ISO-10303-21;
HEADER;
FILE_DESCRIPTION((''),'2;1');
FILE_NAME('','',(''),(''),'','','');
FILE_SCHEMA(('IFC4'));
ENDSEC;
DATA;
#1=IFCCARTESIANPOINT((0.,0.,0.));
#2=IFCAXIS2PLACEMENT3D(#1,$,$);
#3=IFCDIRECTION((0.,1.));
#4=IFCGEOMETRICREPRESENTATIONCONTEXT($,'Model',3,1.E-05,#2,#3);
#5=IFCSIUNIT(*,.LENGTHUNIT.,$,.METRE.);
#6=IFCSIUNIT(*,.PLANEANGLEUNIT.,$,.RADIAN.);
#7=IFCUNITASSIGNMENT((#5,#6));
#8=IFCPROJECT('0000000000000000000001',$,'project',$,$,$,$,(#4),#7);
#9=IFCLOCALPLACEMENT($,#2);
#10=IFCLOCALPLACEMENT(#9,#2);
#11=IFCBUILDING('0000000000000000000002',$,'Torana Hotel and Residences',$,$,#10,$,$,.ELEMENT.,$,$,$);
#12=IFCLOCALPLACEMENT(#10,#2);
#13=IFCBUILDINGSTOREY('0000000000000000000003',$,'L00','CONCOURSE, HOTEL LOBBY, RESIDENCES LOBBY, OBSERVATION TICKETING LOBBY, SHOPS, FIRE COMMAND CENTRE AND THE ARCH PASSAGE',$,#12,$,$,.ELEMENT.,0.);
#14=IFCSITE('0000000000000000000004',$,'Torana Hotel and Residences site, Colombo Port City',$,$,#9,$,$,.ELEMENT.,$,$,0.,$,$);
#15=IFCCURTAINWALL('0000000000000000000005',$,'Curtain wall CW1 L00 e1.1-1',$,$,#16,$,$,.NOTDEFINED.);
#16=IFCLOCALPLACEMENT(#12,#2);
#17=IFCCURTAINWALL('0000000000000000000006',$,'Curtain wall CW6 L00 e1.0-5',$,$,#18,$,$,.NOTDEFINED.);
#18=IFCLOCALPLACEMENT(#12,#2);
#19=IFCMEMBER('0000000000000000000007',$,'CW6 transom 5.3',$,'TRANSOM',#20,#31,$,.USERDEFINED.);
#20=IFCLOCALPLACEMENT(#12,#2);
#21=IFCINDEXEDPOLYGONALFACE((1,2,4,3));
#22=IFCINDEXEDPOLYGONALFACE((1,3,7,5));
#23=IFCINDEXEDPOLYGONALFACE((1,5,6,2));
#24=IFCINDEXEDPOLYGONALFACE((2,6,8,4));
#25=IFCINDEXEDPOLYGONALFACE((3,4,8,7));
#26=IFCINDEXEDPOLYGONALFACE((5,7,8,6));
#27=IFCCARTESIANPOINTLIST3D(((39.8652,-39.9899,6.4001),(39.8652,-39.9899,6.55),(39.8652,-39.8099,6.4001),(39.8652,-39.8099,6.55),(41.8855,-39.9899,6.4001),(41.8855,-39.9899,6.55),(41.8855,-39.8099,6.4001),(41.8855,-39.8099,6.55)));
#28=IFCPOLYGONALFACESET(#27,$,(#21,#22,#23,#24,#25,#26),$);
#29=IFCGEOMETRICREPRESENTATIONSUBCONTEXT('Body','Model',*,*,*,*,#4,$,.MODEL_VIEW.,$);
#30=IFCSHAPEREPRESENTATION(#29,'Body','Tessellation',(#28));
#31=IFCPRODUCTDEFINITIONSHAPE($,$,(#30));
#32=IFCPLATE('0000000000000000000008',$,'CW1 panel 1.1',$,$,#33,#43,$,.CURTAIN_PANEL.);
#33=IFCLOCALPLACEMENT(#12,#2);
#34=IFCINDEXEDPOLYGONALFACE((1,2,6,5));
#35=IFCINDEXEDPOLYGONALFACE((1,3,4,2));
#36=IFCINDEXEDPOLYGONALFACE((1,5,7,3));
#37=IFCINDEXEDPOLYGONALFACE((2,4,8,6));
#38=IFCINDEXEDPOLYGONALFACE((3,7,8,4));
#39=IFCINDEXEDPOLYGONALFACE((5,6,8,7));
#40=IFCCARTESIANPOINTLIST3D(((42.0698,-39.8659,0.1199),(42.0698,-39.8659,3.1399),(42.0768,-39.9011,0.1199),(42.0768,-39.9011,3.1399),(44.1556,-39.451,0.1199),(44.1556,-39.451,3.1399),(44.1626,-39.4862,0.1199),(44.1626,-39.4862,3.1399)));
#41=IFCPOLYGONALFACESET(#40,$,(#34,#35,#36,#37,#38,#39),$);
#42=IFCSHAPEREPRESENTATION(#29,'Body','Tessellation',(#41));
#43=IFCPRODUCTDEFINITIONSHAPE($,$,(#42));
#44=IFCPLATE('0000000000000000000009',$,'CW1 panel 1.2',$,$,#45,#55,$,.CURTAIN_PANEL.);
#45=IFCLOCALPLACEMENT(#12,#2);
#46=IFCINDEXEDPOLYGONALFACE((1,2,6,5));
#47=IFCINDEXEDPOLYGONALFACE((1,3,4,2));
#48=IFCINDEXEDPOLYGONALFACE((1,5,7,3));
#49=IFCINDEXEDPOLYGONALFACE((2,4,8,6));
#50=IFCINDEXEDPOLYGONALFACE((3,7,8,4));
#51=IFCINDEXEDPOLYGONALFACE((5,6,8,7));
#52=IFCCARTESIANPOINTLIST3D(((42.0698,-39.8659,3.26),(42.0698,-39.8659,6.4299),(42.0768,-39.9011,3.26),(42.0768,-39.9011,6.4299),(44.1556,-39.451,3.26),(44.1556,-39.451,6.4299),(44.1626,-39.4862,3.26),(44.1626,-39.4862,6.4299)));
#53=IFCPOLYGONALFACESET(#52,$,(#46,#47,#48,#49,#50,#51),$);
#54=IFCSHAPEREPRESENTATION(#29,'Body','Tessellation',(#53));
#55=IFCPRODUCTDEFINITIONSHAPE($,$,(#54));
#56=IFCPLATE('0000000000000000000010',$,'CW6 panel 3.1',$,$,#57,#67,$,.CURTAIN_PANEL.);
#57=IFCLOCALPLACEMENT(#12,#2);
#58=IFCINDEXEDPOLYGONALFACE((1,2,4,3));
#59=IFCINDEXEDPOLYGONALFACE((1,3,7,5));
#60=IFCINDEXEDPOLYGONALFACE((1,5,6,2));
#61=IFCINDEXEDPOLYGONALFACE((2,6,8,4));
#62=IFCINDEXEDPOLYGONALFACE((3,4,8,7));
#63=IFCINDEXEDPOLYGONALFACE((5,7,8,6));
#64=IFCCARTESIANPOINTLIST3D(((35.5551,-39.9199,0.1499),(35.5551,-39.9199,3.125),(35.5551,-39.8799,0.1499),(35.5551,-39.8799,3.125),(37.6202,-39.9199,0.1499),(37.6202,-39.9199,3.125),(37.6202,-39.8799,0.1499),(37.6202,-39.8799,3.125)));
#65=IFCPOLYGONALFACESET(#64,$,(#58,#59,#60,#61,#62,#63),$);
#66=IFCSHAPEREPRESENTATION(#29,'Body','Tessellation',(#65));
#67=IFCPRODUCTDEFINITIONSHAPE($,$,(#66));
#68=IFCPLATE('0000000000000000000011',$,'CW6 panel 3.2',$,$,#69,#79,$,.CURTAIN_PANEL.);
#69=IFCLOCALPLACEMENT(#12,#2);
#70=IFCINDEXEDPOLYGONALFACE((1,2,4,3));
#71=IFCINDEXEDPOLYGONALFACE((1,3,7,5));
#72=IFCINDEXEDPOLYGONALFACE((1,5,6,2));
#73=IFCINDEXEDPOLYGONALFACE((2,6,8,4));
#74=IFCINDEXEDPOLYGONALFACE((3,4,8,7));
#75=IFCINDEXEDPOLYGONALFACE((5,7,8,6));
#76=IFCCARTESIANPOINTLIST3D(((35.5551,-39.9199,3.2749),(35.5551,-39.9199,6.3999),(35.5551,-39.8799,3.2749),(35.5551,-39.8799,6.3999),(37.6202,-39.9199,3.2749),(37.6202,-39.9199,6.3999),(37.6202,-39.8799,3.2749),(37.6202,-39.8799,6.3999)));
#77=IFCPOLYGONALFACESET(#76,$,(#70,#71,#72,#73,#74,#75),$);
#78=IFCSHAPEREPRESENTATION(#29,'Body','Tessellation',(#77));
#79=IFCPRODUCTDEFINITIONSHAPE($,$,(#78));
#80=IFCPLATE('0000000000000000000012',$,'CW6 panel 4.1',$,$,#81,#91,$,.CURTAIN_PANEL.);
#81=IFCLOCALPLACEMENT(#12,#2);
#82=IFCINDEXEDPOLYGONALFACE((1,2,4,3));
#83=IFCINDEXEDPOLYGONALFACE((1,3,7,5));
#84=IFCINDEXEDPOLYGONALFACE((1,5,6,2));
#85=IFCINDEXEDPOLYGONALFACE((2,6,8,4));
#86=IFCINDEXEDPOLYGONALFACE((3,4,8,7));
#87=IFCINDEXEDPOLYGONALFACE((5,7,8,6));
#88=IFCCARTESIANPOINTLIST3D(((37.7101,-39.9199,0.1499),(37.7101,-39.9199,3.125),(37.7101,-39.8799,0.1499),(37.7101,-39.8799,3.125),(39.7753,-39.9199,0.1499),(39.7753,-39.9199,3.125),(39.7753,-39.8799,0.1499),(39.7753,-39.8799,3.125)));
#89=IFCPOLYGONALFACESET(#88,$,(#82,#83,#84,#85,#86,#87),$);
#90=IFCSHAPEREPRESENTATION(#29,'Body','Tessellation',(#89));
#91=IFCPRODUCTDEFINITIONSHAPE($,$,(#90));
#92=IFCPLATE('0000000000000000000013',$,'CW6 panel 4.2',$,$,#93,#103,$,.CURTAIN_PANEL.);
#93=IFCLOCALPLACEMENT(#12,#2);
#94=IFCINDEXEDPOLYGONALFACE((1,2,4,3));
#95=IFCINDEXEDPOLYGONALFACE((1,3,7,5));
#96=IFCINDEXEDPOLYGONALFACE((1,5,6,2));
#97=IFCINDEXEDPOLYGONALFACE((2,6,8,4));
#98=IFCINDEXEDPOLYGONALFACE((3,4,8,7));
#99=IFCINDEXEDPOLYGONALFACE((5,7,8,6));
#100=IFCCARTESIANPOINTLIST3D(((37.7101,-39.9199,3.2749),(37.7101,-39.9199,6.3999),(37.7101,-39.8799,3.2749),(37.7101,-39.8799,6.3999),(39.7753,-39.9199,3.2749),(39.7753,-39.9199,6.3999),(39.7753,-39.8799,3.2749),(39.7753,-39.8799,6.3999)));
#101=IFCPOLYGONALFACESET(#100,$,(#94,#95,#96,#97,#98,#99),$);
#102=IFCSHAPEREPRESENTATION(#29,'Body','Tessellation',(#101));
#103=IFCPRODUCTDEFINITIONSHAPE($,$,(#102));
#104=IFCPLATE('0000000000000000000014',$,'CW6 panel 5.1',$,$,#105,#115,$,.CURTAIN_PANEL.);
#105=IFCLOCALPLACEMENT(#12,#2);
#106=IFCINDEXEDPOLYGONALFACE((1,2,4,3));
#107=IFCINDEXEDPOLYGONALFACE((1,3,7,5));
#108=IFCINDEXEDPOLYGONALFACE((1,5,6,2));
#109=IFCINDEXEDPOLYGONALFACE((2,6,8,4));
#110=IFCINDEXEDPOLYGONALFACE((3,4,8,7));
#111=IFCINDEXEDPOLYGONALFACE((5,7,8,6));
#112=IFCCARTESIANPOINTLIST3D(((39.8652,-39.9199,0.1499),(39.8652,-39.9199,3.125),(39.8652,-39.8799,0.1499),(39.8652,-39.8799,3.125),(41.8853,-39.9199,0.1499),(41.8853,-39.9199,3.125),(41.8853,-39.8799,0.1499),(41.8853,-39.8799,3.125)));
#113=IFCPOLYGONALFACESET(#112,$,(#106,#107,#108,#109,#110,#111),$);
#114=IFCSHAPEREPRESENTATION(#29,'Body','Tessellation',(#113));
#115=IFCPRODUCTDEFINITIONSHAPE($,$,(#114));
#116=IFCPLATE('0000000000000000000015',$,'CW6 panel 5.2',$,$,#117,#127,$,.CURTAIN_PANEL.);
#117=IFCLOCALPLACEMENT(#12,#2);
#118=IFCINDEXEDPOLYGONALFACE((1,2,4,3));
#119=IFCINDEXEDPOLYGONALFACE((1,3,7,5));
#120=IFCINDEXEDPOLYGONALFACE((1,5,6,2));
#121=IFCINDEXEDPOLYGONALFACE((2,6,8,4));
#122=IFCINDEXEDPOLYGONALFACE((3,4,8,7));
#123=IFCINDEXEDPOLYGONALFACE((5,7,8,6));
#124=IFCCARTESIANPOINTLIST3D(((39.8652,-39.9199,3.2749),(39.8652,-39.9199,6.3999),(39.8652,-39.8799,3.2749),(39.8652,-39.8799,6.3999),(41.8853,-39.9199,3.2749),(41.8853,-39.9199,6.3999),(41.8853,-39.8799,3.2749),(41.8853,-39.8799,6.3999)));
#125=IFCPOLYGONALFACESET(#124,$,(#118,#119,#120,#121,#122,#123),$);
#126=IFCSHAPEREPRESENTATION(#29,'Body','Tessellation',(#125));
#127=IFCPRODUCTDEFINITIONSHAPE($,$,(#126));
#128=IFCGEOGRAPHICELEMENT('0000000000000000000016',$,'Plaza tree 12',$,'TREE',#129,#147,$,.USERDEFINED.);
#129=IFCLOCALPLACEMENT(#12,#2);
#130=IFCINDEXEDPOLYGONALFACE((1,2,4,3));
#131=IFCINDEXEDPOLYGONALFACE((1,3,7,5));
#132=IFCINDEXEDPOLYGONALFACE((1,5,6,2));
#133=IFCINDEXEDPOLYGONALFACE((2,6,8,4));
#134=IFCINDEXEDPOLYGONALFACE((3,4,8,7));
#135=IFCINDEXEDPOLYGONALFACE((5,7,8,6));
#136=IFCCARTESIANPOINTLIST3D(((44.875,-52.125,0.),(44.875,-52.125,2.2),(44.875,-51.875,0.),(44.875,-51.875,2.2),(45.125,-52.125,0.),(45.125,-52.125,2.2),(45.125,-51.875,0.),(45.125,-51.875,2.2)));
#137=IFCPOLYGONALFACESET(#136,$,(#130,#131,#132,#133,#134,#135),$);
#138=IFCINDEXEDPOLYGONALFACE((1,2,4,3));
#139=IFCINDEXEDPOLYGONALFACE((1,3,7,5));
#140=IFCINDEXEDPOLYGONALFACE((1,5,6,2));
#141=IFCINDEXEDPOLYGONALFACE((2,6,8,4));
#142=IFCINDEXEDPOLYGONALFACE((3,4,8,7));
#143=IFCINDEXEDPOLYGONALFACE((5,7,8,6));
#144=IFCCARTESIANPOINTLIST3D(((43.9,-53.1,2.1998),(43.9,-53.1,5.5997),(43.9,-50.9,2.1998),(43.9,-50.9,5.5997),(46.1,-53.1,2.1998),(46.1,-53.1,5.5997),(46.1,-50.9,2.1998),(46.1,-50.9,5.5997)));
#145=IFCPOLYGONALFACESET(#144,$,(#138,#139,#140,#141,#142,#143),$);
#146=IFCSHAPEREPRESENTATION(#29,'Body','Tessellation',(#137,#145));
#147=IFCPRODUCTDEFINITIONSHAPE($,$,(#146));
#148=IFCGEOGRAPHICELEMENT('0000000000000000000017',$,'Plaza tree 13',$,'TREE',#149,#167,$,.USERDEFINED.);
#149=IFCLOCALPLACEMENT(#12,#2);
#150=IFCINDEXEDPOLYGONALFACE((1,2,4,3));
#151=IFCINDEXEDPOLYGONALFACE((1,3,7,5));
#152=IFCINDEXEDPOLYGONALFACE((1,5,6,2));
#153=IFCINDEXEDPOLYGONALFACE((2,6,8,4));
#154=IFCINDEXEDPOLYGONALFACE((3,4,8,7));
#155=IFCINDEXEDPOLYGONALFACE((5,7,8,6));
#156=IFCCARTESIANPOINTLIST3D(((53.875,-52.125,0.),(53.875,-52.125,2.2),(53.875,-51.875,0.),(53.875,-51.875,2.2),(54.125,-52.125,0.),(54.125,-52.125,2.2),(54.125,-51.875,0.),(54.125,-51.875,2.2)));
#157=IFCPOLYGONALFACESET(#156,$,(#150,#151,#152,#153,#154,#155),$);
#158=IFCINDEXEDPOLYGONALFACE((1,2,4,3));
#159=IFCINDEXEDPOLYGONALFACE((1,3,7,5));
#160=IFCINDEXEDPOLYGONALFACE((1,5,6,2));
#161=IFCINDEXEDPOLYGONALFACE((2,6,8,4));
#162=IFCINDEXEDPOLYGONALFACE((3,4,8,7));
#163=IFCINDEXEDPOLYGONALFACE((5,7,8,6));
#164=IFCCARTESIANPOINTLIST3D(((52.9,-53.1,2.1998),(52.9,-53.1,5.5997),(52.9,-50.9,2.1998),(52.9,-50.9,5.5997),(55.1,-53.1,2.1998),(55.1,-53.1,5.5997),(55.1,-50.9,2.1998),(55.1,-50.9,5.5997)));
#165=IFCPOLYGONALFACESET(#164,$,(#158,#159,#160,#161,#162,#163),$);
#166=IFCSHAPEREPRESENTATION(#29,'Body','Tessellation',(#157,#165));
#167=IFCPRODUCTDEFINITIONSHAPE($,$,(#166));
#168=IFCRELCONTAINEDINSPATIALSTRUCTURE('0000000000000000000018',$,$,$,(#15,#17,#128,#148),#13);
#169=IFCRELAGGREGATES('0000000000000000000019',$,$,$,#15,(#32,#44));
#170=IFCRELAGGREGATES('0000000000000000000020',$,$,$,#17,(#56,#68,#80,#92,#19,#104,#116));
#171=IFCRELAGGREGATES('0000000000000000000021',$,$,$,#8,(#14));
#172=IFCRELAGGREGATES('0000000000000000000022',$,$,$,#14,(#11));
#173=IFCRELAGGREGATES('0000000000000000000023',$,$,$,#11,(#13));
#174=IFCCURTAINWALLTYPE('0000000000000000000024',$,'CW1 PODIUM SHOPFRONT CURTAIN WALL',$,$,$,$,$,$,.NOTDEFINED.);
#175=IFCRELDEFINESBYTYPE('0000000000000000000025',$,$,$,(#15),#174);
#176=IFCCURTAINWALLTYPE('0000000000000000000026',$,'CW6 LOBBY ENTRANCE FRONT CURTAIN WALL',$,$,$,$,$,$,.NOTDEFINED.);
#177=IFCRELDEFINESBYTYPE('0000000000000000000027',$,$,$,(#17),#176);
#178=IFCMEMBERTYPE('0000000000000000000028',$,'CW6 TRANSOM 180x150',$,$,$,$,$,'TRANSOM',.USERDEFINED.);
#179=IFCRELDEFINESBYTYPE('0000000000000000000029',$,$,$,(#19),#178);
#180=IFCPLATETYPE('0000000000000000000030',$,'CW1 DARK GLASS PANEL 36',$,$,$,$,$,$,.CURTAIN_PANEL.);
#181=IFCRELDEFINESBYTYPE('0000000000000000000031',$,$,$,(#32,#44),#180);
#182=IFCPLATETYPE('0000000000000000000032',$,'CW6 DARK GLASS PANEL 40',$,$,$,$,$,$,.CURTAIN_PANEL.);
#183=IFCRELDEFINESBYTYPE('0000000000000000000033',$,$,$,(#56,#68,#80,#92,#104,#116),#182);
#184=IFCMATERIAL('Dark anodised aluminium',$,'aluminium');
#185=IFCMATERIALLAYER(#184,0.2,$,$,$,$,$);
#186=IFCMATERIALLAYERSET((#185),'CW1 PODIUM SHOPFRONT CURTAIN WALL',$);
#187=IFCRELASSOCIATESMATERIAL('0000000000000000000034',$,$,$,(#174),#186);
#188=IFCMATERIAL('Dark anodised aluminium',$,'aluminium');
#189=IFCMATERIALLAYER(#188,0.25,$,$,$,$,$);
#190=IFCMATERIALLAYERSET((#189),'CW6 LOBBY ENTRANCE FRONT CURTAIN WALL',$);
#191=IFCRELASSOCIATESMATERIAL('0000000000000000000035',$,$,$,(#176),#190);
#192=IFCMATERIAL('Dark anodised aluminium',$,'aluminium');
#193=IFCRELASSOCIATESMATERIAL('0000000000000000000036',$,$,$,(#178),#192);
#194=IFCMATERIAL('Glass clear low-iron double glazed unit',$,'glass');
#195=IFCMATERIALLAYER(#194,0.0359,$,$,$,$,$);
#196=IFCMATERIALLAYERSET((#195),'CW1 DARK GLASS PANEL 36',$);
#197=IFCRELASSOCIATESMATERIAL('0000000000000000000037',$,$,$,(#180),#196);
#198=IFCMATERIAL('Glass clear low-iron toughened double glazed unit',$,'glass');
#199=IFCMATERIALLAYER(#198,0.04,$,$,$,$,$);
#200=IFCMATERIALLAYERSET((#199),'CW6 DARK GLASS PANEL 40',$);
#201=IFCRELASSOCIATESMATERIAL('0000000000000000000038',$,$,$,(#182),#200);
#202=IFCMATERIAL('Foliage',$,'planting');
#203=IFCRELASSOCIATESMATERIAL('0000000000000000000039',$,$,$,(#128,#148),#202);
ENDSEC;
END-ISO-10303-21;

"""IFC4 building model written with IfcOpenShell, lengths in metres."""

from ifc_helpers import new_model, si_unit, direction, frame, origin, origin_2d, place, context, subcontext, project, spatial, rectangle, extrude, material, layer, layer_set, material_profile, profile_set, type_object, element, aggregate, save


model = new_model("IFC4")

# Units and contexts
model_context = context("Model", 3, precision=1e-05, world=origin(), true_north=direction((0.0, 1.0)))
body_context = subcontext(model_context, "Body", "Model", "MODEL_VIEW")
ifc_project = project(units=[si_unit("LENGTHUNIT", "METRE"), si_unit("PLANEANGLEUNIT", "RADIAN")], contexts=[model_context])

# Site, building, storey
site_placement = place(None, origin())
site = spatial("IfcSite", under=ifc_project, at=site_placement, Name="Torana Hotel and Residences site, Colombo Port City", CompositionType="ELEMENT", RefElevation=0.0)
building_placement = place(site_placement, origin())
building = spatial("IfcBuilding", under=site, at=building_placement, Name="Torana Hotel and Residences", CompositionType="ELEMENT")
storey_placement = place(building_placement, origin())
storey = spatial("IfcBuildingStorey", under=building, at=storey_placement, Name="L00", Description="CONCOURSE, HOTEL LOBBY, RESIDENCES LOBBY, OBSERVATION TICKETING LOBBY, SHOPS, FIRE COMMAND CENTRE AND THE ARCH PASSAGE", CompositionType="ELEMENT", Elevation=0.0)

# Curtain wall
ifc_material_1 = material(Name="Dark anodised aluminium", Category="aluminium")
ifc_layer_1 = layer(ifc_material_1, 0.2)
ifc_layer_set_1 = layer_set([ifc_layer_1], Name="CW1 PODIUM SHOPFRONT CURTAIN WALL")
curtain_wall_type_1 = type_object("IfcCurtainWallType", Name="CW1 PODIUM SHOPFRONT CURTAIN WALL", PredefinedType="NOTDEFINED", material=ifc_layer_set_1)
curtain_wall_1_placement = place(storey_placement, origin())
curtain_wall_1 = element("IfcCurtainWall", 1, at=curtain_wall_1_placement, inside=storey, type_object=curtain_wall_type_1, Name="Curtain wall CW1 L00 e1.1-1", PredefinedType="NOTDEFINED")

# Curtain wall, member
ifc_material_2 = material(Name="Dark anodised aluminium", Category="aluminium")
ifc_layer_2 = layer(ifc_material_2, 0.25)
ifc_layer_set_2 = layer_set([ifc_layer_2], Name="CW6 LOBBY ENTRANCE FRONT CURTAIN WALL")
curtain_wall_type_2 = type_object("IfcCurtainWallType", Name="CW6 LOBBY ENTRANCE FRONT CURTAIN WALL", PredefinedType="NOTDEFINED", material=ifc_layer_set_2)
curtain_wall_2_placement = place(storey_placement, origin())
curtain_wall_2 = element("IfcCurtainWall", 2, at=curtain_wall_2_placement, inside=storey, type_object=curtain_wall_type_2, Name="Curtain wall CW6 L00 e1.0-5", PredefinedType="NOTDEFINED")
ifc_material_3 = material(Name="Dark anodised aluminium", Category="aluminium")
ifc_material_profile_1 = material_profile(ifc_material_3, rectangle(XDim=0.1799, YDim=0.1499, at=origin_2d()), Name="CW6 TRANSOM 180x150")
ifc_profile_set_1 = profile_set([ifc_material_profile_1], Name="Dark anodised aluminium")
member_type_1 = type_object("IfcMemberType", Name="CW6 TRANSOM 180x150", ElementType="TRANSOM", PredefinedType="USERDEFINED", material=ifc_profile_set_1)
member_1_placement = place(storey_placement, frame((39.8652, -39.8999, 6.4751), z_axis=(1.0, 0.0, 0.0), x_axis=(0.0, 1.0, 0.0)))
member_1 = element("IfcMember", 3, at=member_1_placement, type_object=member_type_1, Name="CW6 transom 5.3", ObjectType="TRANSOM", PredefinedType="USERDEFINED", context=body_context, shape_type="SweptSolid", body=[
    extrude(rectangle(XDim=0.1799, YDim=0.1499, at=origin_2d()), origin(), (0.0, 0.0, 1.0), 2.0203),
])

# Plates
ifc_material_4 = material(Name="Glass clear low-iron double glazed unit", Category="glass")
ifc_layer_3 = layer(ifc_material_4, 0.0359)
ifc_layer_set_3 = layer_set([ifc_layer_3], Name="CW1 DARK GLASS PANEL 36")
plate_type_1 = type_object("IfcPlateType", Name="CW1 DARK GLASS PANEL 36", PredefinedType="CURTAIN_PANEL", material=ifc_layer_set_3)
plate_1_placement = place(storey_placement, frame((43.1162, -39.676, 0.1199), z_axis=(0.0, 0.0, 1.0), x_axis=(0.980787, 0.195081, 0.0)))
plate_1 = element("IfcPlate", 4, at=plate_1_placement, type_object=plate_type_1, Name="CW1 panel 1.1", PredefinedType="CURTAIN_PANEL", context=body_context, shape_type="SweptSolid", body=[
    extrude(rectangle(XDim=2.1267, YDim=0.0359, at=origin_2d()), origin(), (0.0, 0.0, 1.0), 3.02),
])
plate_2_placement = place(storey_placement, frame((43.1162, -39.676, 3.26), z_axis=(0.0, 0.0, 1.0), x_axis=(0.980787, 0.195081, 0.0)))
plate_2 = element("IfcPlate", 5, at=plate_2_placement, type_object=plate_type_1, Name="CW1 panel 1.2", PredefinedType="CURTAIN_PANEL", context=body_context, shape_type="SweptSolid", body=[
    extrude(rectangle(XDim=2.1267, YDim=0.0359, at=origin_2d()), origin(), (0.0, 0.0, 1.0), 3.1699),
])
aggregate(curtain_wall_1, [plate_1, plate_2])
ifc_material_5 = material(Name="Glass clear low-iron toughened double glazed unit", Category="glass")
ifc_layer_4 = layer(ifc_material_5, 0.04)
ifc_layer_set_4 = layer_set([ifc_layer_4], Name="CW6 DARK GLASS PANEL 40")
plate_type_2 = type_object("IfcPlateType", Name="CW6 DARK GLASS PANEL 40", PredefinedType="CURTAIN_PANEL", material=ifc_layer_set_4)
plate_3_placement = place(storey_placement, frame((36.5876, -39.8999, 0.1499), z_axis=(0.0, 0.0, 1.0), x_axis=(1.0, 0.0, 0.0)))
plate_3 = element("IfcPlate", 6, at=plate_3_placement, type_object=plate_type_2, Name="CW6 panel 3.1", PredefinedType="CURTAIN_PANEL", context=body_context, shape_type="SweptSolid", body=[
    extrude(rectangle(XDim=2.0652, YDim=0.04, at=origin_2d()), origin(), (0.0, 0.0, 1.0), 2.9751),
])
plate_4_placement = place(storey_placement, frame((36.5876, -39.8999, 3.2749), z_axis=(0.0, 0.0, 1.0), x_axis=(1.0, 0.0, 0.0)))
plate_4 = element("IfcPlate", 7, at=plate_4_placement, type_object=plate_type_2, Name="CW6 panel 3.2", PredefinedType="CURTAIN_PANEL", context=body_context, shape_type="SweptSolid", body=[
    extrude(rectangle(XDim=2.0652, YDim=0.04, at=origin_2d()), origin(), (0.0, 0.0, 1.0), 3.125),
])
plate_5_placement = place(storey_placement, frame((38.7427, -39.8999, 0.1499), z_axis=(0.0, 0.0, 1.0), x_axis=(1.0, 0.0, 0.0)))
plate_5 = element("IfcPlate", 8, at=plate_5_placement, type_object=plate_type_2, Name="CW6 panel 4.1", PredefinedType="CURTAIN_PANEL", context=body_context, shape_type="SweptSolid", body=[
    extrude(rectangle(XDim=2.0652, YDim=0.04, at=origin_2d()), origin(), (0.0, 0.0, 1.0), 2.9751),
])
plate_6_placement = place(storey_placement, frame((38.7427, -39.8999, 3.2749), z_axis=(0.0, 0.0, 1.0), x_axis=(1.0, 0.0, 0.0)))
plate_6 = element("IfcPlate", 9, at=plate_6_placement, type_object=plate_type_2, Name="CW6 panel 4.2", PredefinedType="CURTAIN_PANEL", context=body_context, shape_type="SweptSolid", body=[
    extrude(rectangle(XDim=2.0652, YDim=0.04, at=origin_2d()), origin(), (0.0, 0.0, 1.0), 3.125),
])
plate_7_placement = place(storey_placement, frame((40.8752, -39.8999, 0.1499), z_axis=(0.0, 0.0, 1.0), x_axis=(1.0, 0.0, 0.0)))
plate_7 = element("IfcPlate", 10, at=plate_7_placement, type_object=plate_type_2, Name="CW6 panel 5.1", PredefinedType="CURTAIN_PANEL", context=body_context, shape_type="SweptSolid", body=[
    extrude(rectangle(XDim=2.02, YDim=0.04, at=origin_2d()), origin(), (0.0, 0.0, 1.0), 2.9751),
])
plate_8_placement = place(storey_placement, frame((40.8752, -39.8999, 3.2749), z_axis=(0.0, 0.0, 1.0), x_axis=(1.0, 0.0, 0.0)))
plate_8 = element("IfcPlate", 11, at=plate_8_placement, type_object=plate_type_2, Name="CW6 panel 5.2", PredefinedType="CURTAIN_PANEL", context=body_context, shape_type="SweptSolid", body=[
    extrude(rectangle(XDim=2.02, YDim=0.04, at=origin_2d()), origin(), (0.0, 0.0, 1.0), 3.125),
])
aggregate(curtain_wall_2, [plate_3, plate_4, plate_5, plate_6, member_1, plate_7, plate_8])

# Geographic elements
ifc_material_6 = material(Name="Foliage", Category="planting")
for number, where, z_axis, x_axis, name in (
    (12, (45.0, -52.0, 0.0), (0.0, 0.0, 1.0), (1.0, 0.0, 0.0), "Plaza tree 12"),
    (13, (54.0, -52.0, 0.0), (0.0, 0.0, 1.0), (1.0, 0.0, 0.0), "Plaza tree 13"),
):
    element("IfcGeographicElement", number, at=place(storey_placement, frame(where, z_axis=z_axis, x_axis=x_axis)), inside=storey, material=ifc_material_6, Name=name, ObjectType="TREE", PredefinedType="USERDEFINED", context=body_context, shape_type="SweptSolid", body=[
        extrude(rectangle(XDim=0.25, YDim=0.25, at=origin_2d()), origin(), (0.0, 0.0, 1.0), 2.2),
        extrude(rectangle(XDim=2.2, YDim=2.2, at=origin_2d()), frame((0.0, 0.0, 2.1998)), (0.0, 0.0, 1.0), 3.3999),
    ])

save(model, "model.ifc")
